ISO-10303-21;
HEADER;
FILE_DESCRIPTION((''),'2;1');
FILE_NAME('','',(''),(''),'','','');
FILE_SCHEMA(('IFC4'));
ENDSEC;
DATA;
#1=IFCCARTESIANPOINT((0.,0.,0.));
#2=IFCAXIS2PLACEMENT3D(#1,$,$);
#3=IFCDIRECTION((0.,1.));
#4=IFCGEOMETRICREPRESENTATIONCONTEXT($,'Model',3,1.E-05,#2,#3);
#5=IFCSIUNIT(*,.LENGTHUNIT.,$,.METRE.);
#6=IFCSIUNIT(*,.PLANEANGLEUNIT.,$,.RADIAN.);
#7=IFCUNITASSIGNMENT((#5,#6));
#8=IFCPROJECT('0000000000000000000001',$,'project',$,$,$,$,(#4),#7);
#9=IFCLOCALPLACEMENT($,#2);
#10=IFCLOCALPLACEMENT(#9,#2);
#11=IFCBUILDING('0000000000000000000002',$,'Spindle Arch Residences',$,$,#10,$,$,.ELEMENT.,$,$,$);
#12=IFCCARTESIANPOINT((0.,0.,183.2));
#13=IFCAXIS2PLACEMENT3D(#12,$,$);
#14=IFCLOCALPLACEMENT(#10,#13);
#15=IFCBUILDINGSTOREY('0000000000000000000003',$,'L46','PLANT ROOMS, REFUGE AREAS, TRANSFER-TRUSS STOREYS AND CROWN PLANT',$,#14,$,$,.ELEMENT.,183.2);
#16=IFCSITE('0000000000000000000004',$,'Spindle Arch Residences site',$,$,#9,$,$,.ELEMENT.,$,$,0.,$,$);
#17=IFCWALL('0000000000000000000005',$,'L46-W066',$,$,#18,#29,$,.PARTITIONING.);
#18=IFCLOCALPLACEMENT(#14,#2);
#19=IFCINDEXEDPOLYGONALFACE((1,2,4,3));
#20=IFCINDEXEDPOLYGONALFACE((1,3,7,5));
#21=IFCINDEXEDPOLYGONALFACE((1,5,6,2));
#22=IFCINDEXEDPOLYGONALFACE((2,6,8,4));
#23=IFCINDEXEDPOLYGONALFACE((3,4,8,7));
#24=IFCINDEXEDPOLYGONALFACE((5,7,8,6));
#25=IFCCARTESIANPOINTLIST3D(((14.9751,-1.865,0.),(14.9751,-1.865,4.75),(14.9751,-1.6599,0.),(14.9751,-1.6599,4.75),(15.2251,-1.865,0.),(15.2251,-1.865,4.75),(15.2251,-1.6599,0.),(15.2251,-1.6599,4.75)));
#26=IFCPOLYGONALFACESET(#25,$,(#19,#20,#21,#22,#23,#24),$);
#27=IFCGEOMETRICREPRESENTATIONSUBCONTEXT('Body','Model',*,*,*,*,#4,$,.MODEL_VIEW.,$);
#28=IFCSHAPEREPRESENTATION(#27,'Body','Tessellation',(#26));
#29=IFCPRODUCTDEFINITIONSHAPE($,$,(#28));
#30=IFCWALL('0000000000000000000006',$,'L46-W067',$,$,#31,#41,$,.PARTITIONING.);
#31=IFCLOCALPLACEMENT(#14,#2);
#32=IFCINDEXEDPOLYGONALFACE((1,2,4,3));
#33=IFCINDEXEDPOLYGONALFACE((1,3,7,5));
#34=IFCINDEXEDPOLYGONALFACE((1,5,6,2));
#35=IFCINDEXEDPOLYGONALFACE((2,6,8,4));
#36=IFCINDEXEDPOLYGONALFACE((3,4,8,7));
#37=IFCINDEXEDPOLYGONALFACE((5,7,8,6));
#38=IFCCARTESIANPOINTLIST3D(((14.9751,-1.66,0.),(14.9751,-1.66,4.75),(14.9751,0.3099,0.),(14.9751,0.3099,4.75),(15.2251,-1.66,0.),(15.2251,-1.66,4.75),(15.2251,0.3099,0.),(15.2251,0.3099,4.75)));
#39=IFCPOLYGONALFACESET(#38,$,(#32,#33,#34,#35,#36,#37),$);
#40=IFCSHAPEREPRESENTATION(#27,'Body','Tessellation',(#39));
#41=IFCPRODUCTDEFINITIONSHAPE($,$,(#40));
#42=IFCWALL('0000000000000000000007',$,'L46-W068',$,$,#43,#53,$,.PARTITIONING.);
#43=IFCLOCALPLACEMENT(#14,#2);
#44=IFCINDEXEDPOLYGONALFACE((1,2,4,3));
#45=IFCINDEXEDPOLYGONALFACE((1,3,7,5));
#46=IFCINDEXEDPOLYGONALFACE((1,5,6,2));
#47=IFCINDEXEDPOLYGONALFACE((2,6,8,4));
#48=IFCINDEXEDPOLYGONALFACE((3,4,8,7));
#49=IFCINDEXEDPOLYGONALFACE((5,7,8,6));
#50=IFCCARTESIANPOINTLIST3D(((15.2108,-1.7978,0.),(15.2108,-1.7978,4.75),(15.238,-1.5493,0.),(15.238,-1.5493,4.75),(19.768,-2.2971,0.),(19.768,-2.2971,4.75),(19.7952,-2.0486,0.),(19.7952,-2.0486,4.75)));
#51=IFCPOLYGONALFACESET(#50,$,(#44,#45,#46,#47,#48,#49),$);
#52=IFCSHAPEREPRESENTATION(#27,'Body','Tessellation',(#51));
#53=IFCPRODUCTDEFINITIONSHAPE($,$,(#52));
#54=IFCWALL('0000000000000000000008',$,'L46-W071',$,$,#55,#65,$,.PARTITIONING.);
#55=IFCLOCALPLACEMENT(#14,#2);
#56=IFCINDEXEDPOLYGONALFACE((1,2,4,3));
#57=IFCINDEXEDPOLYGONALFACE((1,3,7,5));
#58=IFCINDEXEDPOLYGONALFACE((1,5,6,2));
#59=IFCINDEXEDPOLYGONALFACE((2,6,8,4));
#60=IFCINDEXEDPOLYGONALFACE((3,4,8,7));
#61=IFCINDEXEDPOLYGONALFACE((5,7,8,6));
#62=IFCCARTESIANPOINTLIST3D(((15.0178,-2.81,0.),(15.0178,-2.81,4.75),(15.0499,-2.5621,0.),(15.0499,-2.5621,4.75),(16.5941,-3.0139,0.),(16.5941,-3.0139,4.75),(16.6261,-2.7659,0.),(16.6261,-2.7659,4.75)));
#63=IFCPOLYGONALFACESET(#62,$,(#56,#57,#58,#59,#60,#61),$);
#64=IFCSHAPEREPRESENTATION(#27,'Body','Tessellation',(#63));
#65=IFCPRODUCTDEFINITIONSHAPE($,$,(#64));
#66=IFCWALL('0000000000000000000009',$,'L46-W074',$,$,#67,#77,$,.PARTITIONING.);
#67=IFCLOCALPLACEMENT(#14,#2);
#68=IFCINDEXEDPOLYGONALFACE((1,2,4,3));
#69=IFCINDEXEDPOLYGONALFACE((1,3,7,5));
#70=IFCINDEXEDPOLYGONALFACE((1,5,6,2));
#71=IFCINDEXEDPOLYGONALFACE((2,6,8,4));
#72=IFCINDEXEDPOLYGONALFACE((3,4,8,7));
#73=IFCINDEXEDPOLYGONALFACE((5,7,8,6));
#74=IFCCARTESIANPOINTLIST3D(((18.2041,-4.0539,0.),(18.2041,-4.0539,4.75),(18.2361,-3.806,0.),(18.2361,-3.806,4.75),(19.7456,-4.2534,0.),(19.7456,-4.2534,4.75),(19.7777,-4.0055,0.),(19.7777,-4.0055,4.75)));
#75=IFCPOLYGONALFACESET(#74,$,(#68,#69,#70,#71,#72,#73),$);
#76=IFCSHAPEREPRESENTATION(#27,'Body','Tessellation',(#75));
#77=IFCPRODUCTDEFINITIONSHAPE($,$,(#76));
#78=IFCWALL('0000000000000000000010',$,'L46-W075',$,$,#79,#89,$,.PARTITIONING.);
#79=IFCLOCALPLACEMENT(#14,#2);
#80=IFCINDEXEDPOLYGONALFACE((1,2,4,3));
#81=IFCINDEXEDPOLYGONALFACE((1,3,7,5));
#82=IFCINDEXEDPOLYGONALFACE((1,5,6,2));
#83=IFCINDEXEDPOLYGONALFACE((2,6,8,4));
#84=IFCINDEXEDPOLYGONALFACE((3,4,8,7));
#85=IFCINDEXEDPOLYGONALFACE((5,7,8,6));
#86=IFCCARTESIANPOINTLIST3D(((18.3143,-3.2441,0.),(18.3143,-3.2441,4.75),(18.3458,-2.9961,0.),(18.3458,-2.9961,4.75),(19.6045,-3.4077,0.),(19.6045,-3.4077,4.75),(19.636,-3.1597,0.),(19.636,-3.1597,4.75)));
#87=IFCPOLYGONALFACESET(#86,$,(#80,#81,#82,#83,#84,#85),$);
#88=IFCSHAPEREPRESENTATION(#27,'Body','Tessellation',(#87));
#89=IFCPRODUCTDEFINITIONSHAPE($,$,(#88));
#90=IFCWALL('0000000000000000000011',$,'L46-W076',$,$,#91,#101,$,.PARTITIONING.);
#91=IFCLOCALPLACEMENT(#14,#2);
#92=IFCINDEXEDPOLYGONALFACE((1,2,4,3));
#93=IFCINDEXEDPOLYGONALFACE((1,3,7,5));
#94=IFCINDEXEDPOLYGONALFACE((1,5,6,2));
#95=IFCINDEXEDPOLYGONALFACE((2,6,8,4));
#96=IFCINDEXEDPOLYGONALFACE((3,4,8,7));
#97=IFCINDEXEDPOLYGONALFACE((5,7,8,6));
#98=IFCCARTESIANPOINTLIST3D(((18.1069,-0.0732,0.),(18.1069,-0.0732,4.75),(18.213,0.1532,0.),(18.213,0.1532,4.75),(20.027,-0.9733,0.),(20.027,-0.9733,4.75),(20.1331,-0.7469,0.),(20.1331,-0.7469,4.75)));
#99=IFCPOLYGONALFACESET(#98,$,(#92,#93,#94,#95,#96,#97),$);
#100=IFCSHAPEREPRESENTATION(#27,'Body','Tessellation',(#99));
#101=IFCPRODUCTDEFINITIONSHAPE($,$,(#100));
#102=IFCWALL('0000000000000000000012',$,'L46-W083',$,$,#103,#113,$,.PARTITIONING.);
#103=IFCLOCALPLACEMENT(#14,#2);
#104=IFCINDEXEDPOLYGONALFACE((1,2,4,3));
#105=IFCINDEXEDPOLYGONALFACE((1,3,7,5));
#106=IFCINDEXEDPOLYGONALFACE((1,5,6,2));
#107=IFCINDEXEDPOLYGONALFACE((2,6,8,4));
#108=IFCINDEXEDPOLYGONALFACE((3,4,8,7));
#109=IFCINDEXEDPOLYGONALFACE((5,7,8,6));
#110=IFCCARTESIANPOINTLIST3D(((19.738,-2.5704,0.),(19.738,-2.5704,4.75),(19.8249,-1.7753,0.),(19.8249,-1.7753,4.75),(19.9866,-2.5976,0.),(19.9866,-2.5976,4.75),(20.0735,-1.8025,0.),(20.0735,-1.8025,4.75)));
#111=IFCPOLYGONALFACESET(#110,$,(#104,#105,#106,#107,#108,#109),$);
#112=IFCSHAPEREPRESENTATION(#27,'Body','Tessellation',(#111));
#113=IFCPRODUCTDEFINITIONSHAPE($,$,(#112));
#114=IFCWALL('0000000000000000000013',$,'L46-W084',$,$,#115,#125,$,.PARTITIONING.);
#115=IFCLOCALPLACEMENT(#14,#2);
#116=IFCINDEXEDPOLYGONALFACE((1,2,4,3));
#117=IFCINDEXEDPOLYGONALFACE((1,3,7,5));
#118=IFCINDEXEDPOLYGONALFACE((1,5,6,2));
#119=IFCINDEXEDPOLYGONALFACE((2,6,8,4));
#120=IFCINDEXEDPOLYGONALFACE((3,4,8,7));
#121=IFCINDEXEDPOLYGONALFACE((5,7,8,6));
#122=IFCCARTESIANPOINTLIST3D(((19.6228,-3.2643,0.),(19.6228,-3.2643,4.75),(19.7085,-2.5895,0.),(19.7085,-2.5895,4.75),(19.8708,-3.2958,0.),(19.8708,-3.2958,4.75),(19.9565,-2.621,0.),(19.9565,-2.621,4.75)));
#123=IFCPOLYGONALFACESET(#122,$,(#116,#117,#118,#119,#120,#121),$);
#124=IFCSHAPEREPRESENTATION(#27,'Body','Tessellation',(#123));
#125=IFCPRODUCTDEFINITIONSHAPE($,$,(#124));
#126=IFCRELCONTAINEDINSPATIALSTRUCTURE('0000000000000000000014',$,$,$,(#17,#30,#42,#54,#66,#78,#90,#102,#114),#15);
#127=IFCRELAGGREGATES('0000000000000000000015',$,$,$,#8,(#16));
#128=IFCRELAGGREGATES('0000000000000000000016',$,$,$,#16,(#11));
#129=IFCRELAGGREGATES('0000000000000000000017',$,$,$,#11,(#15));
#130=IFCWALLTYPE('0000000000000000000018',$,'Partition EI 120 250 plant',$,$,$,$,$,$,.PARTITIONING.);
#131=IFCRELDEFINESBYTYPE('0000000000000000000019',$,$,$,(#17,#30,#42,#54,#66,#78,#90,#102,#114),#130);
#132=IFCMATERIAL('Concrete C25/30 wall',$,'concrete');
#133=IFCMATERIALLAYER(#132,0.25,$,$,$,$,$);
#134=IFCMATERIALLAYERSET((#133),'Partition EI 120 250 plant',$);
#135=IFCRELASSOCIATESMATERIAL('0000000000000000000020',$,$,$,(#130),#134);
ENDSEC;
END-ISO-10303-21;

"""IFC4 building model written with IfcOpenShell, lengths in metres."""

from ifc_helpers import new_model, si_unit, direction, frame, frame_2d, origin, place, context, subcontext, project, spatial, rectangle, extrude, material, layer, layer_set, type_object, element, save


model = new_model("IFC4")

# Units and contexts
model_context = context("Model", 3, precision=1e-05, world=origin(), true_north=direction((0.0, 1.0)))
body_context = subcontext(model_context, "Body", "Model", "MODEL_VIEW")
ifc_project = project(units=[si_unit("LENGTHUNIT", "METRE"), si_unit("PLANEANGLEUNIT", "RADIAN")], contexts=[model_context])

# Site, building, storey
site_placement = place(None, origin())
site = spatial("IfcSite", under=ifc_project, at=site_placement, Name="Spindle Arch Residences site", CompositionType="ELEMENT", RefElevation=0.0)
building_placement = place(site_placement, origin())
building = spatial("IfcBuilding", under=site, at=building_placement, Name="Spindle Arch Residences", CompositionType="ELEMENT")
storey_placement = place(building_placement, frame((0.0, 0.0, 183.2)))
storey = spatial("IfcBuildingStorey", under=building, at=storey_placement, Name="L46", Description="PLANT ROOMS, REFUGE AREAS, TRANSFER-TRUSS STOREYS AND CROWN PLANT", CompositionType="ELEMENT", Elevation=183.2)

# Walls
ifc_material_1 = material(Name="Concrete C25/30 wall", Category="concrete")
ifc_layer_1 = layer(ifc_material_1, 0.25)
ifc_layer_set_1 = layer_set([ifc_layer_1], Name="Partition EI 120 250 plant")
wall_type_1 = type_object("IfcWallType", Name="Partition EI 120 250 plant", PredefinedType="PARTITIONING", material=ifc_layer_set_1)
wall_1_placement = place(storey_placement, frame((15.1001, -1.865, 0.0), z_axis=(0.0, 0.0, 1.0), x_axis=(0.0, 1.0, 0.0)))
element("IfcWall", 1, at=wall_1_placement, inside=storey, type_object=wall_type_1, Name="L46-W066", PredefinedType="PARTITIONING", context=body_context, shape_type="SweptSolid", body=[
    extrude(rectangle(XDim=0.2051, YDim=0.25, at=frame_2d((0.1025, 0.0))), origin(), (0.0, 0.0, 1.0), 4.75),
])
wall_2_placement = place(storey_placement, frame((15.1001, -1.6599, 0.0), z_axis=(0.0, 0.0, 1.0), x_axis=(0.0, 1.0, 0.0)))
element("IfcWall", 2, at=wall_2_placement, inside=storey, type_object=wall_type_1, Name="L46-W067", PredefinedType="PARTITIONING", context=body_context, shape_type="SweptSolid", body=[
    extrude(rectangle(XDim=1.97, YDim=0.25, at=frame_2d((0.9849, 0.0))), origin(), (0.0, 0.0, 1.0), 4.75),
])
wall_3_placement = place(storey_placement, frame((15.2244, -1.6736, 0.0), z_axis=(0.0, 0.0, 1.0), x_axis=(0.994052, -0.108906, 0.0)))
element("IfcWall", 3, at=wall_3_placement, inside=storey, type_object=wall_type_1, Name="L46-W068", PredefinedType="PARTITIONING", context=body_context, shape_type="SweptSolid", body=[
    extrude(rectangle(XDim=4.5845, YDim=0.25, at=frame_2d((2.2922, 0.0))), origin(), (0.0, 0.0, 1.0), 4.75),
])
wall_4_placement = place(storey_placement, frame((16.6101, -2.8899, 0.0), z_axis=(0.0, 0.0, 1.0), x_axis=(-0.991739, 0.128269, 0.0)))
element("IfcWall", 4, at=wall_4_placement, inside=storey, type_object=wall_type_1, Name="L46-W071", PredefinedType="PARTITIONING", context=body_context, shape_type="SweptSolid", body=[
    extrude(rectangle(XDim=1.5894, YDim=0.25, at=frame_2d((0.7947, 0.0))), origin(), (0.0, 0.0, 1.0), 4.75),
])
wall_5_placement = place(storey_placement, frame((18.22, -3.9299, 0.0), z_axis=(0.0, 0.0, 1.0), x_axis=(0.991732, -0.128325, 0.0)))
element("IfcWall", 5, at=wall_5_placement, inside=storey, type_object=wall_type_1, Name="L46-W074", PredefinedType="PARTITIONING", context=body_context, shape_type="SweptSolid", body=[
    extrude(rectangle(XDim=1.5544, YDim=0.25, at=frame_2d((0.7773, 0.0))), origin(), (0.0, 0.0, 1.0), 4.75),
])
wall_6_placement = place(storey_placement, frame((19.6204, -3.2837, 0.0), z_axis=(0.0, 0.0, 1.0), x_axis=(-0.99206, 0.125767, 0.0)))
element("IfcWall", 6, at=wall_6_placement, inside=storey, type_object=wall_type_1, Name="L46-W075", PredefinedType="PARTITIONING", context=body_context, shape_type="SweptSolid", body=[
    extrude(rectangle(XDim=1.3005, YDim=0.25, at=frame_2d((0.6504, 0.0))), origin(), (0.0, 0.0, 1.0), 4.75),
])
wall_7_placement = place(storey_placement, frame((20.0801, -0.8601, 0.0), z_axis=(0.0, 0.0, 1.0), x_axis=(-0.905446, 0.42446, 0.0)))
element("IfcWall", 7, at=wall_7_placement, inside=storey, type_object=wall_type_1, Name="L46-W076", PredefinedType="PARTITIONING", context=body_context, shape_type="SweptSolid", body=[
    extrude(rectangle(XDim=2.1206, YDim=0.25, at=frame_2d((1.0603, 0.0))), origin(), (0.0, 0.0, 1.0), 4.75),
])
wall_8_placement = place(storey_placement, frame((19.8623, -2.584, 0.0), z_axis=(0.0, 0.0, 1.0), x_axis=(0.108656, 0.994079, 0.0)))
element("IfcWall", 8, at=wall_8_placement, inside=storey, type_object=wall_type_1, Name="L46-W083", PredefinedType="PARTITIONING", context=body_context, shape_type="SweptSolid", body=[
    extrude(rectangle(XDim=0.7998, YDim=0.25, at=frame_2d((0.3999, 0.0))), origin(), (0.0, 0.0, 1.0), 4.75),
])
wall_9_placement = place(storey_placement, frame((19.7468, -3.28, 0.0), z_axis=(0.0, 0.0, 1.0), x_axis=(0.125978, 0.992033, 0.0)))
element("IfcWall", 9, at=wall_9_placement, inside=storey, type_object=wall_type_1, Name="L46-W084", PredefinedType="PARTITIONING", context=body_context, shape_type="SweptSolid", body=[
    extrude(rectangle(XDim=0.6802, YDim=0.25, at=frame_2d((0.3401, 0.0))), origin(), (0.0, 0.0, 1.0), 4.75),
])

save(model, "model.ifc")
